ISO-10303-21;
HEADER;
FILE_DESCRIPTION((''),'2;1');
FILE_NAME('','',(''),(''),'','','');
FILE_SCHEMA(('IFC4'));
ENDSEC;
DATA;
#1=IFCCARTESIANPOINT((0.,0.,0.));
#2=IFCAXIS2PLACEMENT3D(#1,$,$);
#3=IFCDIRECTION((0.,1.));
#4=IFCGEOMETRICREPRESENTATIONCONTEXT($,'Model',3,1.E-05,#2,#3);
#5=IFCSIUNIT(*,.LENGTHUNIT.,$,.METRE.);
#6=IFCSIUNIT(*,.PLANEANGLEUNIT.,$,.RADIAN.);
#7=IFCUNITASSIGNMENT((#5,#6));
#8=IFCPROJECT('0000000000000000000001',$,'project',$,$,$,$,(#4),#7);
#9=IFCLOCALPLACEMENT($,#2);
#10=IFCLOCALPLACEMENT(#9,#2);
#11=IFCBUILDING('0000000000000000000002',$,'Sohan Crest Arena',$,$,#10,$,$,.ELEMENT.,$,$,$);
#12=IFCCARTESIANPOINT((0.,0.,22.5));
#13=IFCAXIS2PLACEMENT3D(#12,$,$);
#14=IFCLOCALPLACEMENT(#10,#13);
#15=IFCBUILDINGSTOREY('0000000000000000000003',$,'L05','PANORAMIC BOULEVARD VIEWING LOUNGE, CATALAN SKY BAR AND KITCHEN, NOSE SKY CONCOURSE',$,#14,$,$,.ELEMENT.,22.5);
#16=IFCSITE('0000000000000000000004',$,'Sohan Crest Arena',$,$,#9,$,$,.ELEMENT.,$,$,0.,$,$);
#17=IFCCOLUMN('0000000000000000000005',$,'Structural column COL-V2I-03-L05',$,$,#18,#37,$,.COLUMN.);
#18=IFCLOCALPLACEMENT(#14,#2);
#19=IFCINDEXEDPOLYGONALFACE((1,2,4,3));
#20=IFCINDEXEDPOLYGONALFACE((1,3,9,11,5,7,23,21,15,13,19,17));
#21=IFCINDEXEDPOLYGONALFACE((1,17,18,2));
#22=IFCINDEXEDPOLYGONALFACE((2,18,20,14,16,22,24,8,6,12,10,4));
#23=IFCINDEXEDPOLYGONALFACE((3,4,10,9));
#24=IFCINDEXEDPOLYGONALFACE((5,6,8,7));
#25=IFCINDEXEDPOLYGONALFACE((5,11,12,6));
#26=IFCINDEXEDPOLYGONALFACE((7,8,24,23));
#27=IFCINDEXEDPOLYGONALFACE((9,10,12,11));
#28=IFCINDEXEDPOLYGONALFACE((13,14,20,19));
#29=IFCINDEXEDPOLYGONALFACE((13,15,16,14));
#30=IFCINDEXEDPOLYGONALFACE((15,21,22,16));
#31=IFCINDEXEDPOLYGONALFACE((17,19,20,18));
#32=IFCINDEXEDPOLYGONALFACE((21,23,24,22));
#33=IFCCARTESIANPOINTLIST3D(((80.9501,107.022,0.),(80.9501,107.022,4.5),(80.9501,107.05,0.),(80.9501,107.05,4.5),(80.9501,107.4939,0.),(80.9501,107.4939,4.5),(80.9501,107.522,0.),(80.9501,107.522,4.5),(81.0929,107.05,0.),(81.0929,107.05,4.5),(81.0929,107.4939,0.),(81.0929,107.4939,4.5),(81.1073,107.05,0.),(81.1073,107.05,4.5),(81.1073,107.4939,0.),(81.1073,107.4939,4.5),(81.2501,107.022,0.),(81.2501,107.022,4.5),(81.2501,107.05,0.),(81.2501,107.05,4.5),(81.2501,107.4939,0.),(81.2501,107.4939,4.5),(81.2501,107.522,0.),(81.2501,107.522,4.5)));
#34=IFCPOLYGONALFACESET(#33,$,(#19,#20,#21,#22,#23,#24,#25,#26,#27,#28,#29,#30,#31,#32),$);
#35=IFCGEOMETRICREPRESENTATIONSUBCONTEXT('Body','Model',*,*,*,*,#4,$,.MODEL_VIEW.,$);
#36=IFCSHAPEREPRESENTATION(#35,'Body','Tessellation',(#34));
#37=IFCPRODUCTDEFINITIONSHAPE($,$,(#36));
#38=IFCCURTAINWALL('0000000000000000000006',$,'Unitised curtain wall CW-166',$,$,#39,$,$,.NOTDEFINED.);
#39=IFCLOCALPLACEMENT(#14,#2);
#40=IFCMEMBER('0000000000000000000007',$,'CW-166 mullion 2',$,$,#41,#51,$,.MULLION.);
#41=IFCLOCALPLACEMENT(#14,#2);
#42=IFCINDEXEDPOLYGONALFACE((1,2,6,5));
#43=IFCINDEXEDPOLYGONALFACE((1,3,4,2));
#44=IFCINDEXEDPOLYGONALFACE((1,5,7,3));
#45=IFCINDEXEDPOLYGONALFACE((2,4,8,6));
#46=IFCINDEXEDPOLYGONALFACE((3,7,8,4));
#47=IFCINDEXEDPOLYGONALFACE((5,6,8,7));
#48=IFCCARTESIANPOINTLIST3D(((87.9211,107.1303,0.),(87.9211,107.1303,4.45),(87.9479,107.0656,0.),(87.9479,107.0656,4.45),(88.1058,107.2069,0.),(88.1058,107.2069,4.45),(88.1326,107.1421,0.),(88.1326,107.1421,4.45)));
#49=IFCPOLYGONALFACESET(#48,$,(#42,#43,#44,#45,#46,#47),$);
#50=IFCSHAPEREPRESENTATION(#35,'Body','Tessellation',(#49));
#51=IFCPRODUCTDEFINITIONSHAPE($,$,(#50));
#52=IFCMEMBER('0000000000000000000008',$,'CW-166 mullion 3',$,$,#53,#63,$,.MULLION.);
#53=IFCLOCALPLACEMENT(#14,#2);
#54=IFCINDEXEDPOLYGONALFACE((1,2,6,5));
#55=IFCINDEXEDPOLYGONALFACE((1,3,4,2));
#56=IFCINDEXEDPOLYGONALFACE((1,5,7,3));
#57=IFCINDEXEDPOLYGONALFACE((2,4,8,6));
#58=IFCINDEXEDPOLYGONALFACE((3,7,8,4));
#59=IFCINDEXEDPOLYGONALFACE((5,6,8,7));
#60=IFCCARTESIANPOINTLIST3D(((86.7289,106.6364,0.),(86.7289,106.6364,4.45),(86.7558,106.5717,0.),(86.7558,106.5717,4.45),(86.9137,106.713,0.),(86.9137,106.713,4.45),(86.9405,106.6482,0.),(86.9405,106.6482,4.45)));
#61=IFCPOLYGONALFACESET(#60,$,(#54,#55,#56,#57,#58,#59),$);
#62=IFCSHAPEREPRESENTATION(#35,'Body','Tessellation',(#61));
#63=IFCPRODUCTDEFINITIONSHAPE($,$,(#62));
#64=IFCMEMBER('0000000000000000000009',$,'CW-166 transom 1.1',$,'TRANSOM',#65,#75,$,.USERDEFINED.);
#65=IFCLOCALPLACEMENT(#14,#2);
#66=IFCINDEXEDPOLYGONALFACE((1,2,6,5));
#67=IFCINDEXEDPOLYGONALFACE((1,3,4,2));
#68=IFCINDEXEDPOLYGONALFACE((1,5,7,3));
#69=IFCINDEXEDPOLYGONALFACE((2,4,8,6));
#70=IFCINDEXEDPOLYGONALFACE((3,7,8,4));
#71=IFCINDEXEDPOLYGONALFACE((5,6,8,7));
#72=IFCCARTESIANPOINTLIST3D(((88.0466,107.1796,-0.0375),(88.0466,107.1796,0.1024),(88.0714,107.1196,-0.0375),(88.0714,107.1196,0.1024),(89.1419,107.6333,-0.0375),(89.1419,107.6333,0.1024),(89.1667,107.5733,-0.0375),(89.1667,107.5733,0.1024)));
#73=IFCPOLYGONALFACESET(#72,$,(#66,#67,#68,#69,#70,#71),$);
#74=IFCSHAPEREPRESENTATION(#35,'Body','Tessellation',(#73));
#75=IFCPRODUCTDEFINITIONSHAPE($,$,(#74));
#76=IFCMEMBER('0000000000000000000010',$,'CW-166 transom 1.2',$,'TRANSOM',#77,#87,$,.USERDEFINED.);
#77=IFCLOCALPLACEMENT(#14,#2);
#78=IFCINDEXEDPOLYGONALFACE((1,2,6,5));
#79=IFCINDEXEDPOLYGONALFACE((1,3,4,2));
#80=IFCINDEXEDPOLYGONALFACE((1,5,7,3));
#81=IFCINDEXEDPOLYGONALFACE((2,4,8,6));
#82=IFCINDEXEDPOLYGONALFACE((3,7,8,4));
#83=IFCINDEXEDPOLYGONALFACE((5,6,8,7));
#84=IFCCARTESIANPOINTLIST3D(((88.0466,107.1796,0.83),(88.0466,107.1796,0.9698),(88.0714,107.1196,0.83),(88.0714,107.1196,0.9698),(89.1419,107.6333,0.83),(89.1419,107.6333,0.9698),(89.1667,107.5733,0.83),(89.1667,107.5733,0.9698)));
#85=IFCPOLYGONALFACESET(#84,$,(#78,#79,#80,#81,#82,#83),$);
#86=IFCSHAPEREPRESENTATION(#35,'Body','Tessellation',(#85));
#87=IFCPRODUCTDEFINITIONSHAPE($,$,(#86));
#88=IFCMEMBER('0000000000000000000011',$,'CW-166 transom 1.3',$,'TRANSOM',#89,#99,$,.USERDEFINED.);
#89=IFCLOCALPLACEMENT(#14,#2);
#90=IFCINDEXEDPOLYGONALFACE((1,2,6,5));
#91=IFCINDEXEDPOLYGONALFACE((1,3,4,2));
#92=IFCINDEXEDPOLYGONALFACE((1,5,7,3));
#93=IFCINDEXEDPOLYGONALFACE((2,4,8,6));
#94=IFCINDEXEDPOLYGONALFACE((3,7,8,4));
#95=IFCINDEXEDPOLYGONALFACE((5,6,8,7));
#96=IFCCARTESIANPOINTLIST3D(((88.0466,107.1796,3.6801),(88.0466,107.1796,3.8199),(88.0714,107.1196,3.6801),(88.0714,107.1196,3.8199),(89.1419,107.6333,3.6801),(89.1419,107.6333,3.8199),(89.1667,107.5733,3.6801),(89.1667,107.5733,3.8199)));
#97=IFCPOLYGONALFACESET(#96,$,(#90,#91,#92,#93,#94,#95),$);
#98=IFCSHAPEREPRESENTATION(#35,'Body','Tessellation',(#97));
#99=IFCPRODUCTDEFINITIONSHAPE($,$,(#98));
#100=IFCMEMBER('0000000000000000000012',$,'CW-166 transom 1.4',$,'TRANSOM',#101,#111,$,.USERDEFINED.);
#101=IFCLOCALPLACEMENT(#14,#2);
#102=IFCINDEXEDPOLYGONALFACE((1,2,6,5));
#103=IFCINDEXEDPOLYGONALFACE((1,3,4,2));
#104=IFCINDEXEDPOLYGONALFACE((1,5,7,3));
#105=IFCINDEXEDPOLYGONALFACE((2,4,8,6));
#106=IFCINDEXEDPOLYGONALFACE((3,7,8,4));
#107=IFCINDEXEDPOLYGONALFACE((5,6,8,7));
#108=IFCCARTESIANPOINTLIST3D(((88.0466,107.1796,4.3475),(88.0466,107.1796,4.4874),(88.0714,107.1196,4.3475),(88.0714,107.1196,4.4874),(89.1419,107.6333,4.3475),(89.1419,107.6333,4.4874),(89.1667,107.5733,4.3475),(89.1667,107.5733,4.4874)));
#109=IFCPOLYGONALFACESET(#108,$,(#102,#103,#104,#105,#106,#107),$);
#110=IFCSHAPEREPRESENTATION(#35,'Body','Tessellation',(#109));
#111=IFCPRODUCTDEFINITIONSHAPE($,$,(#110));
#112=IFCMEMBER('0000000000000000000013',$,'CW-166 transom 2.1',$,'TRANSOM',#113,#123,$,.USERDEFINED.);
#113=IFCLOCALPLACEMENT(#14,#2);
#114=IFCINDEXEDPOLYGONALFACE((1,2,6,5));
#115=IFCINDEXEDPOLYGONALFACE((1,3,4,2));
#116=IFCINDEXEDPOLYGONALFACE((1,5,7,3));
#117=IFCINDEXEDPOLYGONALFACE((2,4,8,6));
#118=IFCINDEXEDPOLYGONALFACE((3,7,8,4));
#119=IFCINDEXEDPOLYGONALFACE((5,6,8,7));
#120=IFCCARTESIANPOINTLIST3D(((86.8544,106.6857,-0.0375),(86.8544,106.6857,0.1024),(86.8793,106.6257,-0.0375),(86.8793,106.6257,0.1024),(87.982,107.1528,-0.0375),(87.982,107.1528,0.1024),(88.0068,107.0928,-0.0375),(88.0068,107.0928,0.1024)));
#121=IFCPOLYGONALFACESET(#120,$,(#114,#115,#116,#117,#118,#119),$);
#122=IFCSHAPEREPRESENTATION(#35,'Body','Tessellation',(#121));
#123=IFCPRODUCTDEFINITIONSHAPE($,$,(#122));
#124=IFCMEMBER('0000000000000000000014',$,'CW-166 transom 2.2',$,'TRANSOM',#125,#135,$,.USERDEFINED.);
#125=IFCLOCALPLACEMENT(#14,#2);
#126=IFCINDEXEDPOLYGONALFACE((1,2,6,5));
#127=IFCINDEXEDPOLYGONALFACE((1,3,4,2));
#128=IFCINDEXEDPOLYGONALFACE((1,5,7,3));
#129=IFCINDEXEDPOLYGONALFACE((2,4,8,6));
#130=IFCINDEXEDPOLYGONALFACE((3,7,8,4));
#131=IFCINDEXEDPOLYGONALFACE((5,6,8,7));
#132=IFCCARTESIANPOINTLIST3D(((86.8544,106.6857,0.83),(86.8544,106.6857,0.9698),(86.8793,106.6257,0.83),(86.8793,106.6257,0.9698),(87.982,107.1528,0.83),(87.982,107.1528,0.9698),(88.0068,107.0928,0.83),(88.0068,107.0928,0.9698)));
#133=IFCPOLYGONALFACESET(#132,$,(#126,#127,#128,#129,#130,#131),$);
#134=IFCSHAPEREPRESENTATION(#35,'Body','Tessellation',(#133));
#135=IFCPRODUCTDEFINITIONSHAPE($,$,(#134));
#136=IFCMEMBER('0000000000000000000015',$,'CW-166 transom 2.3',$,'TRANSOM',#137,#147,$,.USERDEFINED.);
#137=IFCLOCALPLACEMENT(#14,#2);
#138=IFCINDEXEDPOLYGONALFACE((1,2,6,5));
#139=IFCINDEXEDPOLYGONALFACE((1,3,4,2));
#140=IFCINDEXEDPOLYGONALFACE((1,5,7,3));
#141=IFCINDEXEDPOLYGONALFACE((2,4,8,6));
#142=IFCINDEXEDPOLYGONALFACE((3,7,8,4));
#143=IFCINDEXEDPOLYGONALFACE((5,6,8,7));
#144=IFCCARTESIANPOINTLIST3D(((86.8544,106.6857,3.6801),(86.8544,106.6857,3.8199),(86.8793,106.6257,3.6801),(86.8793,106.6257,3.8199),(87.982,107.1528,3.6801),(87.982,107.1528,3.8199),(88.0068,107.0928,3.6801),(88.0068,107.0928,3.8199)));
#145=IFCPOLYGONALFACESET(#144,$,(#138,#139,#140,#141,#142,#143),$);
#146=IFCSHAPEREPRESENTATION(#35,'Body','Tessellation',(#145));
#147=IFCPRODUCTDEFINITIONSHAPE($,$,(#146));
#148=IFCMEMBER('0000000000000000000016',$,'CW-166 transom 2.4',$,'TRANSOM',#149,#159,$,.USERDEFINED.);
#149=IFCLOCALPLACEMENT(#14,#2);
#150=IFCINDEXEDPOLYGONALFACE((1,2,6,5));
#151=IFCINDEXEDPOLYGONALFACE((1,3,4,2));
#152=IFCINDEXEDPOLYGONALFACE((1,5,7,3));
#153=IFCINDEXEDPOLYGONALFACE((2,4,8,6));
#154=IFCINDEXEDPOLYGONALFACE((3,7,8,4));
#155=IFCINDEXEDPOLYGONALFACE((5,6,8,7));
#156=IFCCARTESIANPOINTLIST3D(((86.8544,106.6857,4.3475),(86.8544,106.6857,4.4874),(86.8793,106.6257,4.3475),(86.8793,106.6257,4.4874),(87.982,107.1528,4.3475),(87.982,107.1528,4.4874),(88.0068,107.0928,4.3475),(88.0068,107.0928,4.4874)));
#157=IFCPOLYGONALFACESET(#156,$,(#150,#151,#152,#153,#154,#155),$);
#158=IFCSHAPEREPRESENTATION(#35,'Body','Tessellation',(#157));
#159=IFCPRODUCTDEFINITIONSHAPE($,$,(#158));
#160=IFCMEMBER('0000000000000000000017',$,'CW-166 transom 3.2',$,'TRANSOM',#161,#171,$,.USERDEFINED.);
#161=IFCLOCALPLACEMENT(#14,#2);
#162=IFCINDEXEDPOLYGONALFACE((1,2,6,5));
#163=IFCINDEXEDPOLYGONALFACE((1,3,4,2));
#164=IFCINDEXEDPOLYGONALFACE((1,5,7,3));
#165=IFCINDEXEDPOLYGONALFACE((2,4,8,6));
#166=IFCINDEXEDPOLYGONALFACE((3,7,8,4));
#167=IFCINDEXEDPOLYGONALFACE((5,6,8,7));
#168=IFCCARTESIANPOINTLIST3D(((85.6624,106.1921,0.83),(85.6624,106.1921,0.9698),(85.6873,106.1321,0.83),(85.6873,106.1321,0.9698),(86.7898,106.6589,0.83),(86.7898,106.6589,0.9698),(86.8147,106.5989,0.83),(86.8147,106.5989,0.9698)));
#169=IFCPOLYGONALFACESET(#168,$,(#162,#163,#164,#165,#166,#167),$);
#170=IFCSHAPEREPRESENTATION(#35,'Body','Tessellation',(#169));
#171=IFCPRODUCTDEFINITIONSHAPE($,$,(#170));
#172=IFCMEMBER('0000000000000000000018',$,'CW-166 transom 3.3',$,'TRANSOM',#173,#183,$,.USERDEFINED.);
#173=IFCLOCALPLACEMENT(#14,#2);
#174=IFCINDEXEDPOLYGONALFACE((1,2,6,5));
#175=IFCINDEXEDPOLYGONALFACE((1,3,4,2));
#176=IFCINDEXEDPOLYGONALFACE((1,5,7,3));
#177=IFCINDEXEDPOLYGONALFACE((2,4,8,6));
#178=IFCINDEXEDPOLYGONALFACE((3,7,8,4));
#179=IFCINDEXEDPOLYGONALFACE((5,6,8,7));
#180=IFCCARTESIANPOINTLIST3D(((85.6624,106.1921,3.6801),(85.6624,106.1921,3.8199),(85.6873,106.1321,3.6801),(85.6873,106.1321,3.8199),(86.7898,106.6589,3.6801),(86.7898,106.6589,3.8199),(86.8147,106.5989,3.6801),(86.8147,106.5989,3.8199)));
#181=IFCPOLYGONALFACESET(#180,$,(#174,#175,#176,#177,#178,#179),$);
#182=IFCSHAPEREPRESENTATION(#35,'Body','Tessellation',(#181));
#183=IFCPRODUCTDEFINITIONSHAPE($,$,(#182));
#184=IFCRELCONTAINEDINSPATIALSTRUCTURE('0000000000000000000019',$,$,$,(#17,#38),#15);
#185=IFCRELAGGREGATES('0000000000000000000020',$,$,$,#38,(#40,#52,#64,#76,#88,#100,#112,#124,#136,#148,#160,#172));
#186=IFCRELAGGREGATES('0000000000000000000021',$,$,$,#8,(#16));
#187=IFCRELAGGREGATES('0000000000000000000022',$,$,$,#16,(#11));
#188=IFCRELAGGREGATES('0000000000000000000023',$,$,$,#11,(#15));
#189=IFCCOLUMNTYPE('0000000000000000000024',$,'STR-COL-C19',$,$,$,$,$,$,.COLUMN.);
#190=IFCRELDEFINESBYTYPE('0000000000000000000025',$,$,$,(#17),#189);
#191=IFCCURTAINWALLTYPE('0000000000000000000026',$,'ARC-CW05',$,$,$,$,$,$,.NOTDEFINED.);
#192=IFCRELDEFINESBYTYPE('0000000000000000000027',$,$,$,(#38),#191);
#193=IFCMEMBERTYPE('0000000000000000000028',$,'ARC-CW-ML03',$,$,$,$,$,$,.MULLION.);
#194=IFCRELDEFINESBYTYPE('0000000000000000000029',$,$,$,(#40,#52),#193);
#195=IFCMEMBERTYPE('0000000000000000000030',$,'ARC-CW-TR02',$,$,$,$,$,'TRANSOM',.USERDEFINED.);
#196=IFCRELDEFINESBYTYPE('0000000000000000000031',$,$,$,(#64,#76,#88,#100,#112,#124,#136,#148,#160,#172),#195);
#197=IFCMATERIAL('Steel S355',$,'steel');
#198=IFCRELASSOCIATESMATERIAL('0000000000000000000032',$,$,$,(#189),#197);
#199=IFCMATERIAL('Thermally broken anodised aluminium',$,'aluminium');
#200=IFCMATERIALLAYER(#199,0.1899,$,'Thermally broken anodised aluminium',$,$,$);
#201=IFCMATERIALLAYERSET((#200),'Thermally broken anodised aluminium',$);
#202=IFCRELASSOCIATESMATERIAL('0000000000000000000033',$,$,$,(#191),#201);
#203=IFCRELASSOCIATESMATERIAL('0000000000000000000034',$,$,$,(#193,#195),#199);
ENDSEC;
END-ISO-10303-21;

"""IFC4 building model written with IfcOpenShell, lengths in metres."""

from ifc_helpers import new_model, si_unit, direction, frame, origin, origin_2d, place, context, subcontext, project, spatial, rectangle, i_section, extrude, material, layer, layer_set, material_profile, profile_set, type_object, element, aggregate, save


model = new_model("IFC4")

# Units and contexts
model_context = context("Model", 3, precision=1e-05, world=origin(), true_north=direction((0.0, 1.0)))
body_context = subcontext(model_context, "Body", "Model", "MODEL_VIEW")
ifc_project = project(units=[si_unit("LENGTHUNIT", "METRE"), si_unit("PLANEANGLEUNIT", "RADIAN")], contexts=[model_context])

# Site, building, storey
site_placement = place(None, origin())
site = spatial("IfcSite", under=ifc_project, at=site_placement, Name="Sohan Crest Arena", CompositionType="ELEMENT", RefElevation=0.0)
building_placement = place(site_placement, origin())
building = spatial("IfcBuilding", under=site, at=building_placement, Name="Sohan Crest Arena", CompositionType="ELEMENT")
storey_placement = place(building_placement, frame((0.0, 0.0, 22.5)))
storey = spatial("IfcBuildingStorey", under=building, at=storey_placement, Name="L05", Description="PANORAMIC BOULEVARD VIEWING LOUNGE, CATALAN SKY BAR AND KITCHEN, NOSE SKY CONCOURSE", CompositionType="ELEMENT", Elevation=22.5)

# Column
ifc_material_1 = material(Name="Steel S355", Category="steel")
ifc_material_profile_1 = material_profile(ifc_material_1, i_section(OverallWidth=0.3, OverallDepth=0.5, WebThickness=0.0144, FlangeThickness=0.0281, at=origin_2d()), Name="HEB 500")
ifc_profile_set_1 = profile_set([ifc_material_profile_1], Name="Steel S355")
column_type = type_object("IfcColumnType", Name="STR-COL-C19", PredefinedType="COLUMN", material=ifc_profile_set_1)
column_placement = place(storey_placement, frame((81.1001, 107.272, 0.0), z_axis=(0.0, 0.0, 1.0), x_axis=(1.0, 0.0, 0.0)))
element("IfcColumn", 1, at=column_placement, inside=storey, type_object=column_type, Name="Structural column COL-V2I-03-L05", PredefinedType="COLUMN", context=body_context, shape_type="SweptSolid", body=[
    extrude(i_section(OverallWidth=0.3, OverallDepth=0.5, WebThickness=0.0144, FlangeThickness=0.0281, at=origin_2d()), origin(), (0.0, 0.0, 1.0), 4.5),
])

# Curtain wall, members
ifc_material_2 = material(Name="Thermally broken anodised aluminium", Category="aluminium")
ifc_layer_1 = layer(ifc_material_2, 0.1899, Name="Thermally broken anodised aluminium")
ifc_layer_set_1 = layer_set([ifc_layer_1], Name="Thermally broken anodised aluminium")
curtain_wall_type = type_object("IfcCurtainWallType", Name="ARC-CW05", PredefinedType="NOTDEFINED", material=ifc_layer_set_1)
curtain_wall_placement = place(storey_placement, origin())
curtain_wall = element("IfcCurtainWall", 2, at=curtain_wall_placement, inside=storey, type_object=curtain_wall_type, Name="Unitised curtain wall CW-166", PredefinedType="NOTDEFINED")
ifc_material_profile_2 = material_profile(ifc_material_2, rectangle(XDim=0.0701, YDim=0.2, at=origin_2d()), Name="ALU-MULL 70x200")
ifc_profile_set_2 = profile_set([ifc_material_profile_2], Name="Thermally broken anodised aluminium")
member_type_1 = type_object("IfcMemberType", Name="ARC-CW-ML03", PredefinedType="MULLION", material=ifc_profile_set_2)
member_1_placement = place(storey_placement, frame((88.0269, 107.1362, 0.0), z_axis=(0.0, 0.0, 1.0), x_axis=(0.382667, -0.923886, 0.0)))
member_1 = element("IfcMember", 3, at=member_1_placement, type_object=member_type_1, Name="CW-166 mullion 2", PredefinedType="MULLION", context=body_context, shape_type="SweptSolid", body=[
    extrude(rectangle(XDim=0.0701, YDim=0.2, at=origin_2d()), origin(), (0.0, 0.0, 1.0), 4.45),
])
member_2_placement = place(storey_placement, frame((86.8347, 106.6423, 0.0), z_axis=(0.0, 0.0, 1.0), x_axis=(0.382667, -0.923886, 0.0)))
member_2 = element("IfcMember", 4, at=member_2_placement, type_object=member_type_1, Name="CW-166 mullion 3", PredefinedType="MULLION", context=body_context, shape_type="SweptSolid", body=[
    extrude(rectangle(XDim=0.0701, YDim=0.2, at=origin_2d()), origin(), (0.0, 0.0, 1.0), 4.45),
])
ifc_material_profile_3 = material_profile(ifc_material_2, rectangle(XDim=0.0649, YDim=0.1399, at=origin_2d()), Name="ALU-TRAN 65x140")
ifc_profile_set_3 = profile_set([ifc_material_profile_3], Name="Thermally broken anodised aluminium")
member_type_2 = type_object("IfcMemberType", Name="ARC-CW-TR02", ElementType="TRANSOM", PredefinedType="USERDEFINED", material=ifc_profile_set_3)
member_3_placement = place(storey_placement, frame((89.1543, 107.6033, 0.0325), z_axis=(-0.923891, -0.382655, 0.0), x_axis=(0.382655, -0.923891, 0.0)))
member_3 = element("IfcMember", 5, at=member_3_placement, type_object=member_type_2, Name="CW-166 transom 1.1", ObjectType="TRANSOM", PredefinedType="USERDEFINED", context=body_context, shape_type="SweptSolid", body=[
    extrude(rectangle(XDim=0.0649, YDim=0.1399, at=origin_2d()), origin(), (0.0, 0.0, 1.0), 1.1855),
])
member_4_placement = place(storey_placement, frame((89.1543, 107.6033, 0.8999), z_axis=(-0.923891, -0.382655, 0.0), x_axis=(0.382655, -0.923891, 0.0)))
member_4 = element("IfcMember", 6, at=member_4_placement, type_object=member_type_2, Name="CW-166 transom 1.2", ObjectType="TRANSOM", PredefinedType="USERDEFINED", context=body_context, shape_type="SweptSolid", body=[
    extrude(rectangle(XDim=0.0649, YDim=0.1399, at=origin_2d()), origin(), (0.0, 0.0, 1.0), 1.1855),
])
member_5_placement = place(storey_placement, frame((89.1543, 107.6033, 3.75), z_axis=(-0.923891, -0.382655, 0.0), x_axis=(0.382655, -0.923891, 0.0)))
member_5 = element("IfcMember", 7, at=member_5_placement, type_object=member_type_2, Name="CW-166 transom 1.3", ObjectType="TRANSOM", PredefinedType="USERDEFINED", context=body_context, shape_type="SweptSolid", body=[
    extrude(rectangle(XDim=0.0649, YDim=0.1399, at=origin_2d()), origin(), (0.0, 0.0, 1.0), 1.1855),
])
member_6_placement = place(storey_placement, frame((89.1543, 107.6033, 4.4175), z_axis=(-0.923891, -0.382655, 0.0), x_axis=(0.382655, -0.923891, 0.0)))
member_6 = element("IfcMember", 8, at=member_6_placement, type_object=member_type_2, Name="CW-166 transom 1.4", ObjectType="TRANSOM", PredefinedType="USERDEFINED", context=body_context, shape_type="SweptSolid", body=[
    extrude(rectangle(XDim=0.0649, YDim=0.1399, at=origin_2d()), origin(), (0.0, 0.0, 1.0), 1.1855),
])
member_7_placement = place(storey_placement, frame((87.9944, 107.1228, 0.0325), z_axis=(-0.923868, -0.382711, 0.0), x_axis=(0.382711, -0.923868, 0.0)))
member_7 = element("IfcMember", 9, at=member_7_placement, type_object=member_type_2, Name="CW-166 transom 2.1", ObjectType="TRANSOM", PredefinedType="USERDEFINED", context=body_context, shape_type="SweptSolid", body=[
    extrude(rectangle(XDim=0.0649, YDim=0.1399, at=origin_2d()), origin(), (0.0, 0.0, 1.0), 1.2205),
])
member_8_placement = place(storey_placement, frame((87.9944, 107.1228, 0.8999), z_axis=(-0.923868, -0.382711, 0.0), x_axis=(0.382711, -0.923868, 0.0)))
member_8 = element("IfcMember", 10, at=member_8_placement, type_object=member_type_2, Name="CW-166 transom 2.2", ObjectType="TRANSOM", PredefinedType="USERDEFINED", context=body_context, shape_type="SweptSolid", body=[
    extrude(rectangle(XDim=0.0649, YDim=0.1399, at=origin_2d()), origin(), (0.0, 0.0, 1.0), 1.2205),
])
member_9_placement = place(storey_placement, frame((87.9944, 107.1228, 3.75), z_axis=(-0.923868, -0.382711, 0.0), x_axis=(0.382711, -0.923868, 0.0)))
member_9 = element("IfcMember", 11, at=member_9_placement, type_object=member_type_2, Name="CW-166 transom 2.3", ObjectType="TRANSOM", PredefinedType="USERDEFINED", context=body_context, shape_type="SweptSolid", body=[
    extrude(rectangle(XDim=0.0649, YDim=0.1399, at=origin_2d()), origin(), (0.0, 0.0, 1.0), 1.2205),
])
member_10_placement = place(storey_placement, frame((87.9944, 107.1228, 4.4175), z_axis=(-0.923868, -0.382711, 0.0), x_axis=(0.382711, -0.923868, 0.0)))
member_10 = element("IfcMember", 12, at=member_10_placement, type_object=member_type_2, Name="CW-166 transom 2.4", ObjectType="TRANSOM", PredefinedType="USERDEFINED", context=body_context, shape_type="SweptSolid", body=[
    extrude(rectangle(XDim=0.0649, YDim=0.1399, at=origin_2d()), origin(), (0.0, 0.0, 1.0), 1.2205),
])
member_11_placement = place(storey_placement, frame((86.8022, 106.6289, 0.8999), z_axis=(-0.923939, -0.38254, 0.0), x_axis=(0.38254, -0.923939, 0.0)))
member_11 = element("IfcMember", 13, at=member_11_placement, type_object=member_type_2, Name="CW-166 transom 3.2", ObjectType="TRANSOM", PredefinedType="USERDEFINED", context=body_context, shape_type="SweptSolid", body=[
    extrude(rectangle(XDim=0.0649, YDim=0.1399, at=origin_2d()), origin(), (0.0, 0.0, 1.0), 1.2202),
])
member_12_placement = place(storey_placement, frame((86.8022, 106.6289, 3.75), z_axis=(-0.923939, -0.38254, 0.0), x_axis=(0.38254, -0.923939, 0.0)))
member_12 = element("IfcMember", 14, at=member_12_placement, type_object=member_type_2, Name="CW-166 transom 3.3", ObjectType="TRANSOM", PredefinedType="USERDEFINED", context=body_context, shape_type="SweptSolid", body=[
    extrude(rectangle(XDim=0.0649, YDim=0.1399, at=origin_2d()), origin(), (0.0, 0.0, 1.0), 1.2202),
])

aggregate(curtain_wall, [member_1, member_2, member_3, member_4, member_5, member_6, member_7, member_8, member_9, member_10, member_11, member_12])

save(model, "model.ifc")
